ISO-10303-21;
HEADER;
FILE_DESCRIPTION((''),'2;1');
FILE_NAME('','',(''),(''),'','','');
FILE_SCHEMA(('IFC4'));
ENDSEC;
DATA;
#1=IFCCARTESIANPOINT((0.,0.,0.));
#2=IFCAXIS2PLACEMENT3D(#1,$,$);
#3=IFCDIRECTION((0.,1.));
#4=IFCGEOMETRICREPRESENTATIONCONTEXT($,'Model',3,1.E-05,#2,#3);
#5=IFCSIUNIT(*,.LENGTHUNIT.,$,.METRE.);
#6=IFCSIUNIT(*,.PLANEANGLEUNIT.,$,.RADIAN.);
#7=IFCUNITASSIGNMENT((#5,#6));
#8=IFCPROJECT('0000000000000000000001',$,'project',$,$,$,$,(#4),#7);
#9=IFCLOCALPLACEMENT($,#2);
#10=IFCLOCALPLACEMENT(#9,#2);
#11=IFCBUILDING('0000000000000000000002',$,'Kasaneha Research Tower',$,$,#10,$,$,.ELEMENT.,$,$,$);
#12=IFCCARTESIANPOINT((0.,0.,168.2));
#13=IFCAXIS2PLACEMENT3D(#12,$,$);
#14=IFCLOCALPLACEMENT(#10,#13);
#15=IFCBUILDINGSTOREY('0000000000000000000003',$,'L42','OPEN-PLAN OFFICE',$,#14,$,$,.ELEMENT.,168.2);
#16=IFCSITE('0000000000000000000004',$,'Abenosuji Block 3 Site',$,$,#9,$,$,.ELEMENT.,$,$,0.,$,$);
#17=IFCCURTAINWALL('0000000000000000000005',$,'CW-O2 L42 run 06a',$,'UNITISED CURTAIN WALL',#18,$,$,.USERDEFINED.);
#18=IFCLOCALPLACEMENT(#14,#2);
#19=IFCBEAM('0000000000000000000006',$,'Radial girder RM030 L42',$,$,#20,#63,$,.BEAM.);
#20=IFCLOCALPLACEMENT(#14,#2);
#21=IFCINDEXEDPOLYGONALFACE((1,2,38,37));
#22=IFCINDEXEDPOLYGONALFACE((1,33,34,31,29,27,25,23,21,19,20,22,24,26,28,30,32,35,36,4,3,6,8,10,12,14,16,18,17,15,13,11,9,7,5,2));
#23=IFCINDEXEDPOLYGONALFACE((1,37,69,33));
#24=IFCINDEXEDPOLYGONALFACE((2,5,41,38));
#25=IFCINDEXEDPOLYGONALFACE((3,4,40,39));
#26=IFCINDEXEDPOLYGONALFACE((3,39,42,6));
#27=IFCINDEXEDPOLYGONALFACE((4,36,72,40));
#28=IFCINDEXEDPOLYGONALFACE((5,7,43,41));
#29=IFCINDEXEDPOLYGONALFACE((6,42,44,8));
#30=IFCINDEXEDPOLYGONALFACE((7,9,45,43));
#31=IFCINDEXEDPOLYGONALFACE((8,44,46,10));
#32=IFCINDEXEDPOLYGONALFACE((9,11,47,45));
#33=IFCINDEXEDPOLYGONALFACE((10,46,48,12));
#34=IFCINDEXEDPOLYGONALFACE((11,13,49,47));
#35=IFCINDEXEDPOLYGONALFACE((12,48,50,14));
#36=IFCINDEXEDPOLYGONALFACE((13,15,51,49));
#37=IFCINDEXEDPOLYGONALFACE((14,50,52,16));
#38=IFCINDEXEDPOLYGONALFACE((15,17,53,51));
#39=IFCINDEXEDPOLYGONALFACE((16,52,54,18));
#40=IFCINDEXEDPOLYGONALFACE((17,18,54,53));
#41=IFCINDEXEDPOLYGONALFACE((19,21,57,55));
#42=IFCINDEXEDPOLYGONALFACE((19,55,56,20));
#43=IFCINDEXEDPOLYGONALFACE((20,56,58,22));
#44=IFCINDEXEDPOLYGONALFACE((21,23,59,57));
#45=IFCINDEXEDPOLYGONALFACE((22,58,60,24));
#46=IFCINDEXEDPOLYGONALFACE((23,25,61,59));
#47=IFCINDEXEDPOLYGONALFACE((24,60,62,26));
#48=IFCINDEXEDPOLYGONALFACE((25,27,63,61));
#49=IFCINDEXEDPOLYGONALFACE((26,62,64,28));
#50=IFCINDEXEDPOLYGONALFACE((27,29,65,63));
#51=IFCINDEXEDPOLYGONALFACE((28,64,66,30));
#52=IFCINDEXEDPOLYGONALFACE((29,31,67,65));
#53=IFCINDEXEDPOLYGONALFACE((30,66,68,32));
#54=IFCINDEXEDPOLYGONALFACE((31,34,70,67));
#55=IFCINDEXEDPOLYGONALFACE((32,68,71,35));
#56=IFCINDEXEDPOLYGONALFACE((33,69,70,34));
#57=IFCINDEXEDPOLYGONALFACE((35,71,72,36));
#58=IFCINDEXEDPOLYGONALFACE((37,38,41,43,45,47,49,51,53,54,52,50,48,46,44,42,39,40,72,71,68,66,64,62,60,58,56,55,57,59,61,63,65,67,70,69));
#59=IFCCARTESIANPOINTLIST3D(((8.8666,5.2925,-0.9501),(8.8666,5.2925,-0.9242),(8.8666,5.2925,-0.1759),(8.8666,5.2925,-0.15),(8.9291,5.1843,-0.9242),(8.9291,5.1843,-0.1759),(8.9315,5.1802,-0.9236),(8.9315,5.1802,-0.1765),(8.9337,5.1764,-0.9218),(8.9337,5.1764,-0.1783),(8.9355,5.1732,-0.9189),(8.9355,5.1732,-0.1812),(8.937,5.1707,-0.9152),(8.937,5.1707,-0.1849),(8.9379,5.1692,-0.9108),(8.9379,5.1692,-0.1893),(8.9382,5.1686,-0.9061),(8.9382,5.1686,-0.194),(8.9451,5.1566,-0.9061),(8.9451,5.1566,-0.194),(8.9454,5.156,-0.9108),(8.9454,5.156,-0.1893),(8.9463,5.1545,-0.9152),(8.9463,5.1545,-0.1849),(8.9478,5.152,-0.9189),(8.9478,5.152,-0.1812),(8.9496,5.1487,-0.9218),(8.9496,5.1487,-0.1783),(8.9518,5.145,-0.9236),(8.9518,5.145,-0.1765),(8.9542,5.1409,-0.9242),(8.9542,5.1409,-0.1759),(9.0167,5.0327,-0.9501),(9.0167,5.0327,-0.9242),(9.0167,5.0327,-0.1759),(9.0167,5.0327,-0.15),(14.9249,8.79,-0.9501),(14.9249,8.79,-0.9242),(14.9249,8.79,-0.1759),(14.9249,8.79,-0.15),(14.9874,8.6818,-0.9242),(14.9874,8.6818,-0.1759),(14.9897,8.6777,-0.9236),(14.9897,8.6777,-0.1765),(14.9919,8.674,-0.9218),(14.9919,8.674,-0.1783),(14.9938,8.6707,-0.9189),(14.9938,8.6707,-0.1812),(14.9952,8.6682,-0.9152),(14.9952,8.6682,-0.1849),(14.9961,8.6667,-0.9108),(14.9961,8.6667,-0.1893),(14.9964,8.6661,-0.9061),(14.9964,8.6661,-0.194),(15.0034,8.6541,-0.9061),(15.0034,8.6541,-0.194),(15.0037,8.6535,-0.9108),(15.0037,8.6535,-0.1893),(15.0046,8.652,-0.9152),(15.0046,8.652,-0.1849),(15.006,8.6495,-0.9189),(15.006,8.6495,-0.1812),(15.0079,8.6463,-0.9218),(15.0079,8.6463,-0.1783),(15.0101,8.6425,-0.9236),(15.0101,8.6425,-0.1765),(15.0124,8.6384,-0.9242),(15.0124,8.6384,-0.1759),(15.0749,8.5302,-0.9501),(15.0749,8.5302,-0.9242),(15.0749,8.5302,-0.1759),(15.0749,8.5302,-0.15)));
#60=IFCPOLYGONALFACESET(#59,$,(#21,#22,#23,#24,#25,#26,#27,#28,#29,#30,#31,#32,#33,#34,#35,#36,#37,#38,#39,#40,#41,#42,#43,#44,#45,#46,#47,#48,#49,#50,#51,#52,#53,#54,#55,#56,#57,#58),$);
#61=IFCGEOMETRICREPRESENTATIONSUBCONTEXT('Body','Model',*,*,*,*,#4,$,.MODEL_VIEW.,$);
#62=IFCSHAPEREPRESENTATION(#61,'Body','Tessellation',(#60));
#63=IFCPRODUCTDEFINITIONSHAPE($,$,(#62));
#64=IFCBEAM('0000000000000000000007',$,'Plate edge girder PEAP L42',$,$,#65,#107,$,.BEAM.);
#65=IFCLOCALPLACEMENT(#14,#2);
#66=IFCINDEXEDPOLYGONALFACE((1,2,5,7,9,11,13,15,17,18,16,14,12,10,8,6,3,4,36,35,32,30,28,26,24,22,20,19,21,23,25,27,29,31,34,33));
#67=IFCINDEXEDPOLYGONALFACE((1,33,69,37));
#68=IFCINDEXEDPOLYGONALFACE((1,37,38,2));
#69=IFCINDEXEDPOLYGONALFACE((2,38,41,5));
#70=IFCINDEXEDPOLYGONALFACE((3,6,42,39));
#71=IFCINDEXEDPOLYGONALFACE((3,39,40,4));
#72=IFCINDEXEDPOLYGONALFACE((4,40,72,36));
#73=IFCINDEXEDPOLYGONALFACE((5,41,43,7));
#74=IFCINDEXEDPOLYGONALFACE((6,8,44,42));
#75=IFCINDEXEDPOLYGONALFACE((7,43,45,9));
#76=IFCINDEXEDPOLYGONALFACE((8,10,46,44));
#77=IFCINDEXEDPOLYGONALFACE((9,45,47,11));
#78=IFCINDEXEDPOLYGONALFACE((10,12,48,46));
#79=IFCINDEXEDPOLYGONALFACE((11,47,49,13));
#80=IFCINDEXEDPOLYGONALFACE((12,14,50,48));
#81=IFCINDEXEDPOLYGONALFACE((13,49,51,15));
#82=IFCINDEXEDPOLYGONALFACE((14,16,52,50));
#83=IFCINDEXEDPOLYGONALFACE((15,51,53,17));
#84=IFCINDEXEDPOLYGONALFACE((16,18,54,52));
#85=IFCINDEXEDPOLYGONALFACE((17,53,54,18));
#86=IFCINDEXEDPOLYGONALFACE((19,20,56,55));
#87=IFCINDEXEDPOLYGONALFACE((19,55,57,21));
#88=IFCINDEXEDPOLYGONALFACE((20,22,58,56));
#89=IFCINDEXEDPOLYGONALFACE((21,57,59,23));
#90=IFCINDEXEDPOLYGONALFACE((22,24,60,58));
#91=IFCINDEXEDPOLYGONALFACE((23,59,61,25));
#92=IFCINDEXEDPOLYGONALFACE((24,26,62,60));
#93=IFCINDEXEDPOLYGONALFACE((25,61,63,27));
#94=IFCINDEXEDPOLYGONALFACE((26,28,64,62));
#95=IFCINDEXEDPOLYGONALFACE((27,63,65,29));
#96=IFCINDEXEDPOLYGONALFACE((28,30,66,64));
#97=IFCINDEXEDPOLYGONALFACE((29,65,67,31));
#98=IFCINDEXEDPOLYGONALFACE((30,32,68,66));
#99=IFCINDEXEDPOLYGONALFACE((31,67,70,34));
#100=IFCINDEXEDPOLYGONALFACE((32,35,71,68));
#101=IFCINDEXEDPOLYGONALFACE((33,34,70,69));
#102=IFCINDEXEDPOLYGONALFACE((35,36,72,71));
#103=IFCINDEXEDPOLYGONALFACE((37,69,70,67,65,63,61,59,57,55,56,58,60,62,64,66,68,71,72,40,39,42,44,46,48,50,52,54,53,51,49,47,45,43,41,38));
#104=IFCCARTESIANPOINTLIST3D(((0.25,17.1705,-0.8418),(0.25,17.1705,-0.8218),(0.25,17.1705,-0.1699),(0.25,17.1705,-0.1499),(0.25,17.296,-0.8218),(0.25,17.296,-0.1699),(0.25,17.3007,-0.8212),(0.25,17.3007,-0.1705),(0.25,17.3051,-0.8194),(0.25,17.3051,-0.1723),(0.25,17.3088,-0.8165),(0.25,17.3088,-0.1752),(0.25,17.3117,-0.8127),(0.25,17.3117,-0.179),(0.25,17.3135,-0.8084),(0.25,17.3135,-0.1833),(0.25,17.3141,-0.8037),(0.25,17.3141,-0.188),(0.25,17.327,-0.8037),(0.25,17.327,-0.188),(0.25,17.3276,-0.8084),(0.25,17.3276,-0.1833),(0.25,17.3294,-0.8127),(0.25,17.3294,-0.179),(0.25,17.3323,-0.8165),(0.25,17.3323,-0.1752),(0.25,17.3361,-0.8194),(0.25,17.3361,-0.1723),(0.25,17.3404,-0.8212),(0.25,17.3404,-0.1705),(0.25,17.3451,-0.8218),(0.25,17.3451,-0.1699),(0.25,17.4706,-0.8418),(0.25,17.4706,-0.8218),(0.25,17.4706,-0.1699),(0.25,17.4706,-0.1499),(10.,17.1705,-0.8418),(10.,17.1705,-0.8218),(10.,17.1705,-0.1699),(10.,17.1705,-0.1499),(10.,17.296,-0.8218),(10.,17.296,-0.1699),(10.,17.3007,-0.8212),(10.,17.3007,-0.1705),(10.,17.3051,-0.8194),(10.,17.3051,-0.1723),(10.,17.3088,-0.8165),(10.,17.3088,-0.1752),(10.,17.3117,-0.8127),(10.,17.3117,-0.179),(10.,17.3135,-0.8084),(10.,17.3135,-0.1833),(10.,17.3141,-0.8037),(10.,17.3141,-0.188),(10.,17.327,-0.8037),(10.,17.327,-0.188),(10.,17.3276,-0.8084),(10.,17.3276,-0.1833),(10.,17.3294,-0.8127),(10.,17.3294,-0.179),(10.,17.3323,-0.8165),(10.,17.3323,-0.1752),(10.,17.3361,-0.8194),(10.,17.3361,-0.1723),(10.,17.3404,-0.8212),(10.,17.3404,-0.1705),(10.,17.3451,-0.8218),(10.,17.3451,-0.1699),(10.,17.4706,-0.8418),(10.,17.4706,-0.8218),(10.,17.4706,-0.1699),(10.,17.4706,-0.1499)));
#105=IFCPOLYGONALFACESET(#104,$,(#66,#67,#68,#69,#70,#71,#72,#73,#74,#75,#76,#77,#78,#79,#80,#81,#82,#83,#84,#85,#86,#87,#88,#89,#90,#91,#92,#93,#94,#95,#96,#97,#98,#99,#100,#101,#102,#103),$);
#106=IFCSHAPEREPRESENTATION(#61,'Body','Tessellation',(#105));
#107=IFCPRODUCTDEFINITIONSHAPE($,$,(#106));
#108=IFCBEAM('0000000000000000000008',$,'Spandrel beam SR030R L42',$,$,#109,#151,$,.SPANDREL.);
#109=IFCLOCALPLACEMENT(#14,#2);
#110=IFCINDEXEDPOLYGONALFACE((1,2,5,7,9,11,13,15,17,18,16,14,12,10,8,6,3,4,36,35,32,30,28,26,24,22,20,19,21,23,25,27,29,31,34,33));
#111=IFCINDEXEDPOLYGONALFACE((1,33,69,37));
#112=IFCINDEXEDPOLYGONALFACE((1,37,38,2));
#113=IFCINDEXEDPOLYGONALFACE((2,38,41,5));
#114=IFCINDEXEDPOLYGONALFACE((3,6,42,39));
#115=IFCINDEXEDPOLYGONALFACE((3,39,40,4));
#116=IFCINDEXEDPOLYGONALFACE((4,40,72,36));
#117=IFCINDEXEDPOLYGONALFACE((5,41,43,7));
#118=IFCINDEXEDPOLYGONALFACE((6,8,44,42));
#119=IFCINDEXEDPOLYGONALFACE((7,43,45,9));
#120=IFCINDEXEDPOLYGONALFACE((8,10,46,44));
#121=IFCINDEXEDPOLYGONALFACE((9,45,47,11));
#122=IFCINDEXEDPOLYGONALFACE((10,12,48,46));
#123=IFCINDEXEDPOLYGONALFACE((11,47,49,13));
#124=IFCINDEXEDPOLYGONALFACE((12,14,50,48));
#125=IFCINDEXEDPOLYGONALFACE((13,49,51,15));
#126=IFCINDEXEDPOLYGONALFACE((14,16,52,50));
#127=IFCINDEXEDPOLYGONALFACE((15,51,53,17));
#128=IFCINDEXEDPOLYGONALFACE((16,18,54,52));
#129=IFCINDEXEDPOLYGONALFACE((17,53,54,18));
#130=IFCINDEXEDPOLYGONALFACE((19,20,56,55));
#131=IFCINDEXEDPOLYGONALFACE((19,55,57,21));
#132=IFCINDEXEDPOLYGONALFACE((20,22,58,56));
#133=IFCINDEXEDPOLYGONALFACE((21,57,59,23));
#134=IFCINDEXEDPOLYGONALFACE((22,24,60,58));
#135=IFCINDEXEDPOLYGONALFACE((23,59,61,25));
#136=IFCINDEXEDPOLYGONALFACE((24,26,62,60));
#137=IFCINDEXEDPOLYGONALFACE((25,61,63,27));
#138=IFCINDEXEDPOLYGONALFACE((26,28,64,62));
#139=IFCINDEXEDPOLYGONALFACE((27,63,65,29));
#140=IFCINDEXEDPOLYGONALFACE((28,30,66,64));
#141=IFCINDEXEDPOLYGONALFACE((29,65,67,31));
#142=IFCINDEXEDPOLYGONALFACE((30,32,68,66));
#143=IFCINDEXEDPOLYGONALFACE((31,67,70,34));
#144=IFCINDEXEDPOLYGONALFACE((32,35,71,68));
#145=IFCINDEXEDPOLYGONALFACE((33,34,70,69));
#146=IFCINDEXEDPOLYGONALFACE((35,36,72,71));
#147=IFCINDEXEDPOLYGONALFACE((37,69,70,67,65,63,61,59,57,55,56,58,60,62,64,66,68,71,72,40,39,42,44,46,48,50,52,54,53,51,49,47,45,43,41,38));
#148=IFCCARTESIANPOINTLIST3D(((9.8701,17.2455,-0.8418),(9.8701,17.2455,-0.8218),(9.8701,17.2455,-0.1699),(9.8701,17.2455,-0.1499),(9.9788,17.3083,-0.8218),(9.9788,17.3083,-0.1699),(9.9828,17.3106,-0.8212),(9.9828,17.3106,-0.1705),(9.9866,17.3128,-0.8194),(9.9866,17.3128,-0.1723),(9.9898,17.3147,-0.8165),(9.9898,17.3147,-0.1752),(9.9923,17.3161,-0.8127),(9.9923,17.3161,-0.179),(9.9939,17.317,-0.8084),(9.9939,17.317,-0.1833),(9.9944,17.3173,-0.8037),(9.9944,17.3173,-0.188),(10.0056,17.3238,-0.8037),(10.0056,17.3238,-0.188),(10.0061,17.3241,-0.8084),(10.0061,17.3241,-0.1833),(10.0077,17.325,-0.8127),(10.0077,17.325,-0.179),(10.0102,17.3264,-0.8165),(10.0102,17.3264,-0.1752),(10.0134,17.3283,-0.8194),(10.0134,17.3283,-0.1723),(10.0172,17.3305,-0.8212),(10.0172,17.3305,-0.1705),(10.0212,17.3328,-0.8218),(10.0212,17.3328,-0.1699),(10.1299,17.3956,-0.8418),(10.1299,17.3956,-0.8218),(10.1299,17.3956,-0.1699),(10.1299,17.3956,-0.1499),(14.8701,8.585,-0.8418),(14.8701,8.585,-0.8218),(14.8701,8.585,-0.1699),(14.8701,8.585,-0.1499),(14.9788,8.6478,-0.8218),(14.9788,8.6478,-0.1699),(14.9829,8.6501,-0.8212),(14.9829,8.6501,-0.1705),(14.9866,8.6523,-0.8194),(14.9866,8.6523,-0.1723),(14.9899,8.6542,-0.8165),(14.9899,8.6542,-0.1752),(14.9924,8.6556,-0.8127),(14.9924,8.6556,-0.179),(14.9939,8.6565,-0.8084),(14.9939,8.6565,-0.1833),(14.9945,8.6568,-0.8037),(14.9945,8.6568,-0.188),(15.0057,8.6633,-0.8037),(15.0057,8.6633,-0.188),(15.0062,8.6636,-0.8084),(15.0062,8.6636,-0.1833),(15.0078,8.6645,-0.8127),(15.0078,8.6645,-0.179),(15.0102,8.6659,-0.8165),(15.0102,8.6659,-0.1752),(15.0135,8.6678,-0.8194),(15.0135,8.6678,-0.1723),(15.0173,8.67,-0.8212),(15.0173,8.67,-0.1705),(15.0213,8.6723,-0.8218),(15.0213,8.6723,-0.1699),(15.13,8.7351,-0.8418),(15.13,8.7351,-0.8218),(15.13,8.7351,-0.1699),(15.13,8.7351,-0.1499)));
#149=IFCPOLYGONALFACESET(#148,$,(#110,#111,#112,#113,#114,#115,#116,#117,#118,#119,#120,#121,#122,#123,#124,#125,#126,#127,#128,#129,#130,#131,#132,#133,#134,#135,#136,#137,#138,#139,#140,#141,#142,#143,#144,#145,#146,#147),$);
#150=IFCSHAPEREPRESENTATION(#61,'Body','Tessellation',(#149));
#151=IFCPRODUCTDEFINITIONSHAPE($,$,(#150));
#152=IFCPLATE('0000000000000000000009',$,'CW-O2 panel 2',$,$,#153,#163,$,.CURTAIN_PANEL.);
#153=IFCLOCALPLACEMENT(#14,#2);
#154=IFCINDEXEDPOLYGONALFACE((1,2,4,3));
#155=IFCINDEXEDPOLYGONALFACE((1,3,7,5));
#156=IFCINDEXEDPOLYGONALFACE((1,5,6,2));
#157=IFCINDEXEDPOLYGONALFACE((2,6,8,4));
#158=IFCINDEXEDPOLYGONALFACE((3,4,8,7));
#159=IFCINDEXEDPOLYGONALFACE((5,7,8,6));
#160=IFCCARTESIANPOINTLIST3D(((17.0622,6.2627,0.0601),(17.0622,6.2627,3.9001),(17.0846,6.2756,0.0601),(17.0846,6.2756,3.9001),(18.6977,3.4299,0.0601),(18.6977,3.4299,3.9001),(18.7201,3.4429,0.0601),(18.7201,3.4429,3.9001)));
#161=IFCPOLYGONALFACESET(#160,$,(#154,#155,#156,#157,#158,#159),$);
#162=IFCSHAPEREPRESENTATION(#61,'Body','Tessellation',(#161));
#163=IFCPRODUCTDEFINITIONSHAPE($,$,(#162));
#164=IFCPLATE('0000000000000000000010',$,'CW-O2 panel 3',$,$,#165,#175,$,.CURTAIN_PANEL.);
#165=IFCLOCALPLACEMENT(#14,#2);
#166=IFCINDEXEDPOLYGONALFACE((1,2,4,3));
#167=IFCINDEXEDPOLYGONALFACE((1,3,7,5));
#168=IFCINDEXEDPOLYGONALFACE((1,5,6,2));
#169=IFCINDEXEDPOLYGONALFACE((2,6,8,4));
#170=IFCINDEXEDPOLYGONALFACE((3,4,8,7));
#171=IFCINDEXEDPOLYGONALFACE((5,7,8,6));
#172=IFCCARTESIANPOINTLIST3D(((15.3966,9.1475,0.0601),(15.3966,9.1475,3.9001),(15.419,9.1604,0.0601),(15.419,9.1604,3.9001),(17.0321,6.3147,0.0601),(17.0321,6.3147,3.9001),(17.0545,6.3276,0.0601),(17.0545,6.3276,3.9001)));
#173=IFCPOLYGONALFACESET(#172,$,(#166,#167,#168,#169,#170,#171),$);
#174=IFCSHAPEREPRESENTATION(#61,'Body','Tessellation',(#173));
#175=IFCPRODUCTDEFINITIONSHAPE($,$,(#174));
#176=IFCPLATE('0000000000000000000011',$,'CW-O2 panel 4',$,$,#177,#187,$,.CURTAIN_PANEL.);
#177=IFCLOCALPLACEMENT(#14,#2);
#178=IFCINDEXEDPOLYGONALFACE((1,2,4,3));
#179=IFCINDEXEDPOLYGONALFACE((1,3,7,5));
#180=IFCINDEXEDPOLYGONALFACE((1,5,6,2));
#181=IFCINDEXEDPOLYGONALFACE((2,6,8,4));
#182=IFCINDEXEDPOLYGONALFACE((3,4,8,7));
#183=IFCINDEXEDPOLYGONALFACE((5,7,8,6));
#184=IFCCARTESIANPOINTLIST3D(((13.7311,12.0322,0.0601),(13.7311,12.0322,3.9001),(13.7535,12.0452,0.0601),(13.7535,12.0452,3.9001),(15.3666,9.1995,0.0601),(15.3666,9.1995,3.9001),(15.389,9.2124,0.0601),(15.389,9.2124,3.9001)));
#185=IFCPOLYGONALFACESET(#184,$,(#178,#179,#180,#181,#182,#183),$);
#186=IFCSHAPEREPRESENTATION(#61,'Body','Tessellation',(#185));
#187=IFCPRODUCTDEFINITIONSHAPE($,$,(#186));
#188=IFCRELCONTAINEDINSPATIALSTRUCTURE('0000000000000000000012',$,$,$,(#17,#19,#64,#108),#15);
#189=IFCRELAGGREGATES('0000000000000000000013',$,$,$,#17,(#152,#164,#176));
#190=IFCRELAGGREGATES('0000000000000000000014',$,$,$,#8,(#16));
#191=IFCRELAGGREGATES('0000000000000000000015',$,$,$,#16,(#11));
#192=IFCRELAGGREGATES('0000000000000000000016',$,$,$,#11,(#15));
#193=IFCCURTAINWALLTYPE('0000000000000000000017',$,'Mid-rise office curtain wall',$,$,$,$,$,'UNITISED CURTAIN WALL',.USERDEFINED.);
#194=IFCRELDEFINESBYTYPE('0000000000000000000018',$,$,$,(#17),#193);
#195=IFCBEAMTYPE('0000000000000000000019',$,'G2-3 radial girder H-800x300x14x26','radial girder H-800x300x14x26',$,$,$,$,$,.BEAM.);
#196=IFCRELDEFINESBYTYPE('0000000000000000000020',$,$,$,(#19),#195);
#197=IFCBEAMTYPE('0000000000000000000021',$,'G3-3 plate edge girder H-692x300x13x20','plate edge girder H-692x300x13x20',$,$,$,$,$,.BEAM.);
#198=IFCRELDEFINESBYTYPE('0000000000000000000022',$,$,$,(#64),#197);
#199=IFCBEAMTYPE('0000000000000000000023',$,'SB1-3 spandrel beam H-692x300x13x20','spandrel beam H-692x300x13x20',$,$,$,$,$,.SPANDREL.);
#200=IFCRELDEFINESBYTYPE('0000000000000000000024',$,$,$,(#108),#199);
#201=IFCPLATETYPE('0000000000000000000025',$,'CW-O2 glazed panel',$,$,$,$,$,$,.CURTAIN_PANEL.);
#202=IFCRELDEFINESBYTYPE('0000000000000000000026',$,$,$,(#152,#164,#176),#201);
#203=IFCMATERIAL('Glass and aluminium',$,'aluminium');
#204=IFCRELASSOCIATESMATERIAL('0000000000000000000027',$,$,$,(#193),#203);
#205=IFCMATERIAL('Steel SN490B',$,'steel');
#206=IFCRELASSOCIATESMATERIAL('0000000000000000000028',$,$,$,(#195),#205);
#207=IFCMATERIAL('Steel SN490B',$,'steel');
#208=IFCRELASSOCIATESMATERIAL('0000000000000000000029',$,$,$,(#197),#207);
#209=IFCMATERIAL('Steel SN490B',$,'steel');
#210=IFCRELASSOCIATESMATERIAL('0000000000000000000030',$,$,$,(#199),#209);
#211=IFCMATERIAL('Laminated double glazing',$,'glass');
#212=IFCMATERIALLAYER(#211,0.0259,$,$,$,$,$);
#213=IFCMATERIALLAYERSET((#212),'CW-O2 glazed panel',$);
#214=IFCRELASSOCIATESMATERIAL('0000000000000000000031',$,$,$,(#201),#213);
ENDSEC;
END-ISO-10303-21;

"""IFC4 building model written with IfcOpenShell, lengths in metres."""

from ifc_helpers import new_model, si_unit, direction, frame, origin, origin_2d, place, context, subcontext, project, spatial, rectangle, i_section, extrude, material, layer, layer_set, material_profile, profile_set, type_object, element, aggregate, save


model = new_model("IFC4")

# Units and contexts
model_context = context("Model", 3, precision=1e-05, world=origin(), true_north=direction((0.0, 1.0)))
body_context = subcontext(model_context, "Body", "Model", "MODEL_VIEW")
ifc_project = project(units=[si_unit("LENGTHUNIT", "METRE"), si_unit("PLANEANGLEUNIT", "RADIAN")], contexts=[model_context])

# Site, building, storey
site_placement = place(None, origin())
site = spatial("IfcSite", under=ifc_project, at=site_placement, Name="Abenosuji Block 3 Site", CompositionType="ELEMENT", RefElevation=0.0)
building_placement = place(site_placement, origin())
building = spatial("IfcBuilding", under=site, at=building_placement, Name="Kasaneha Research Tower", CompositionType="ELEMENT")
storey_placement = place(building_placement, frame((0.0, 0.0, 168.2)))
storey = spatial("IfcBuildingStorey", under=building, at=storey_placement, Name="L42", Description="OPEN-PLAN OFFICE", CompositionType="ELEMENT", Elevation=168.2)

# Curtain wall
ifc_material_1 = material(Name="Glass and aluminium", Category="aluminium")
curtain_wall_type = type_object("IfcCurtainWallType", Name="Mid-rise office curtain wall", ElementType="UNITISED CURTAIN WALL", PredefinedType="USERDEFINED", material=ifc_material_1)
curtain_wall_1_placement = place(storey_placement, origin())
curtain_wall_1 = element("IfcCurtainWall", 1, at=curtain_wall_1_placement, inside=storey, type_object=curtain_wall_type, Name="CW-O2 L42 run 06a", ObjectType="UNITISED CURTAIN WALL", PredefinedType="USERDEFINED")

# Beams
ifc_material_2 = material(Name="Steel SN490B", Category="steel")
ifc_material_profile_1 = material_profile(ifc_material_2, i_section(OverallWidth=0.3, OverallDepth=0.8, WebThickness=0.0139, FlangeThickness=0.0259, FilletRadius=0.0181, at=origin_2d()), Name="H-800x300x14x26")
ifc_profile_set_1 = profile_set([ifc_material_profile_1], Name="Steel SN490B")
beam_type_1 = type_object("IfcBeamType", Name="G2-3 radial girder H-800x300x14x26", Description="radial girder H-800x300x14x26", PredefinedType="BEAM", material=ifc_profile_set_1)
beam_1_placement = place(storey_placement, frame((8.9417, 5.1626, -0.55), z_axis=(0.86604, 0.499975, 0.0), x_axis=(-0.499975, 0.86604, 0.0)))
element("IfcBeam", 2, at=beam_1_placement, inside=storey, type_object=beam_type_1, Name="Radial girder RM030 L42", PredefinedType="BEAM", context=body_context, shape_type="SweptSolid", body=[
    extrude(i_section(OverallWidth=0.3, OverallDepth=0.8, WebThickness=0.0139, FlangeThickness=0.0259, FilletRadius=0.0181, at=origin_2d()), origin(), (0.0, 0.0, 1.0), 6.9954),
])
ifc_material_3 = material(Name="Steel SN490B", Category="steel")
ifc_material_profile_2 = material_profile(ifc_material_3, i_section(OverallWidth=0.3, OverallDepth=0.6919, WebThickness=0.0129, FlangeThickness=0.02, FilletRadius=0.0181, at=origin_2d()), Name="H-692x300x13x20")
ifc_profile_set_2 = profile_set([ifc_material_profile_2], Name="Steel SN490B")
beam_type_2 = type_object("IfcBeamType", Name="G3-3 plate edge girder H-692x300x13x20", Description="plate edge girder H-692x300x13x20", PredefinedType="BEAM", material=ifc_profile_set_2)
beam_2_placement = place(storey_placement, frame((10.0, 17.3206, -0.4958), z_axis=(-1.0, 0.0, 0.0), x_axis=(0.0, -1.0, 0.0)))
element("IfcBeam", 3, at=beam_2_placement, inside=storey, type_object=beam_type_2, Name="Plate edge girder PEAP L42", PredefinedType="BEAM", context=body_context, shape_type="SweptSolid", body=[
    extrude(i_section(OverallWidth=0.3, OverallDepth=0.6919, WebThickness=0.0129, FlangeThickness=0.02, FilletRadius=0.0181, at=origin_2d()), origin(), (0.0, 0.0, 1.0), 9.75),
])
ifc_material_4 = material(Name="Steel SN490B", Category="steel")
ifc_material_profile_3 = material_profile(ifc_material_4, i_section(OverallWidth=0.3, OverallDepth=0.6919, WebThickness=0.0129, FlangeThickness=0.02, FilletRadius=0.0181, at=origin_2d()), Name="H-692x300x13x20")
ifc_profile_set_3 = profile_set([ifc_material_profile_3], Name="Steel SN490B")
beam_type_3 = type_object("IfcBeamType", Name="SB1-3 spandrel beam H-692x300x13x20", Description="spandrel beam H-692x300x13x20", PredefinedType="SPANDREL", material=ifc_profile_set_3)
beam_3_placement = place(storey_placement, frame((10.0, 17.3206, -0.4958), z_axis=(0.499994, -0.866029, 0.0), x_axis=(0.866029, 0.499994, 0.0)))
element("IfcBeam", 4, at=beam_3_placement, inside=storey, type_object=beam_type_3, Name="Spandrel beam SR030R L42", PredefinedType="SPANDREL", context=body_context, shape_type="SweptSolid", body=[
    extrude(i_section(OverallWidth=0.3, OverallDepth=0.6919, WebThickness=0.0129, FlangeThickness=0.02, FilletRadius=0.0181, at=origin_2d()), origin(), (0.0, 0.0, 1.0), 10.0002),
])

# Plates
ifc_material_5 = material(Name="Laminated double glazing", Category="glass")
ifc_layer_1 = layer(ifc_material_5, 0.0259)
ifc_layer_set_1 = layer_set([ifc_layer_1], Name="CW-O2 glazed panel")
plate_type = type_object("IfcPlateType", Name="CW-O2 glazed panel", PredefinedType="CURTAIN_PANEL", material=ifc_layer_set_1)
plate_1_placement = place(storey_placement, frame((17.8911, 4.8528, 0.0601), z_axis=(0.0, 0.0, 1.0), x_axis=(-0.5, 0.866025, 0.0)))
plate_1 = element("IfcPlate", 5, at=plate_1_placement, type_object=plate_type, Name="CW-O2 panel 2", PredefinedType="CURTAIN_PANEL", context=body_context, shape_type="SweptSolid", body=[
    extrude(rectangle(XDim=3.271, YDim=0.0259, at=origin_2d()), origin(), (0.0, 0.0, 1.0), 3.8401),
])
plate_2_placement = place(storey_placement, frame((16.2256, 7.7375, 0.0601), z_axis=(0.0, 0.0, 1.0), x_axis=(-0.5, 0.866025, 0.0)))
plate_2 = element("IfcPlate", 6, at=plate_2_placement, type_object=plate_type, Name="CW-O2 panel 3", PredefinedType="CURTAIN_PANEL", context=body_context, shape_type="SweptSolid", body=[
    extrude(rectangle(XDim=3.271, YDim=0.0259, at=origin_2d()), origin(), (0.0, 0.0, 1.0), 3.8401),
])
plate_3_placement = place(storey_placement, frame((14.5601, 10.6223, 0.0601), z_axis=(0.0, 0.0, 1.0), x_axis=(-0.5, 0.866025, 0.0)))
plate_3 = element("IfcPlate", 7, at=plate_3_placement, type_object=plate_type, Name="CW-O2 panel 4", PredefinedType="CURTAIN_PANEL", context=body_context, shape_type="SweptSolid", body=[
    extrude(rectangle(XDim=3.271, YDim=0.0259, at=origin_2d()), origin(), (0.0, 0.0, 1.0), 3.8401),
])
aggregate(curtain_wall_1, [plate_1, plate_2, plate_3])

save(model, "model.ifc")
